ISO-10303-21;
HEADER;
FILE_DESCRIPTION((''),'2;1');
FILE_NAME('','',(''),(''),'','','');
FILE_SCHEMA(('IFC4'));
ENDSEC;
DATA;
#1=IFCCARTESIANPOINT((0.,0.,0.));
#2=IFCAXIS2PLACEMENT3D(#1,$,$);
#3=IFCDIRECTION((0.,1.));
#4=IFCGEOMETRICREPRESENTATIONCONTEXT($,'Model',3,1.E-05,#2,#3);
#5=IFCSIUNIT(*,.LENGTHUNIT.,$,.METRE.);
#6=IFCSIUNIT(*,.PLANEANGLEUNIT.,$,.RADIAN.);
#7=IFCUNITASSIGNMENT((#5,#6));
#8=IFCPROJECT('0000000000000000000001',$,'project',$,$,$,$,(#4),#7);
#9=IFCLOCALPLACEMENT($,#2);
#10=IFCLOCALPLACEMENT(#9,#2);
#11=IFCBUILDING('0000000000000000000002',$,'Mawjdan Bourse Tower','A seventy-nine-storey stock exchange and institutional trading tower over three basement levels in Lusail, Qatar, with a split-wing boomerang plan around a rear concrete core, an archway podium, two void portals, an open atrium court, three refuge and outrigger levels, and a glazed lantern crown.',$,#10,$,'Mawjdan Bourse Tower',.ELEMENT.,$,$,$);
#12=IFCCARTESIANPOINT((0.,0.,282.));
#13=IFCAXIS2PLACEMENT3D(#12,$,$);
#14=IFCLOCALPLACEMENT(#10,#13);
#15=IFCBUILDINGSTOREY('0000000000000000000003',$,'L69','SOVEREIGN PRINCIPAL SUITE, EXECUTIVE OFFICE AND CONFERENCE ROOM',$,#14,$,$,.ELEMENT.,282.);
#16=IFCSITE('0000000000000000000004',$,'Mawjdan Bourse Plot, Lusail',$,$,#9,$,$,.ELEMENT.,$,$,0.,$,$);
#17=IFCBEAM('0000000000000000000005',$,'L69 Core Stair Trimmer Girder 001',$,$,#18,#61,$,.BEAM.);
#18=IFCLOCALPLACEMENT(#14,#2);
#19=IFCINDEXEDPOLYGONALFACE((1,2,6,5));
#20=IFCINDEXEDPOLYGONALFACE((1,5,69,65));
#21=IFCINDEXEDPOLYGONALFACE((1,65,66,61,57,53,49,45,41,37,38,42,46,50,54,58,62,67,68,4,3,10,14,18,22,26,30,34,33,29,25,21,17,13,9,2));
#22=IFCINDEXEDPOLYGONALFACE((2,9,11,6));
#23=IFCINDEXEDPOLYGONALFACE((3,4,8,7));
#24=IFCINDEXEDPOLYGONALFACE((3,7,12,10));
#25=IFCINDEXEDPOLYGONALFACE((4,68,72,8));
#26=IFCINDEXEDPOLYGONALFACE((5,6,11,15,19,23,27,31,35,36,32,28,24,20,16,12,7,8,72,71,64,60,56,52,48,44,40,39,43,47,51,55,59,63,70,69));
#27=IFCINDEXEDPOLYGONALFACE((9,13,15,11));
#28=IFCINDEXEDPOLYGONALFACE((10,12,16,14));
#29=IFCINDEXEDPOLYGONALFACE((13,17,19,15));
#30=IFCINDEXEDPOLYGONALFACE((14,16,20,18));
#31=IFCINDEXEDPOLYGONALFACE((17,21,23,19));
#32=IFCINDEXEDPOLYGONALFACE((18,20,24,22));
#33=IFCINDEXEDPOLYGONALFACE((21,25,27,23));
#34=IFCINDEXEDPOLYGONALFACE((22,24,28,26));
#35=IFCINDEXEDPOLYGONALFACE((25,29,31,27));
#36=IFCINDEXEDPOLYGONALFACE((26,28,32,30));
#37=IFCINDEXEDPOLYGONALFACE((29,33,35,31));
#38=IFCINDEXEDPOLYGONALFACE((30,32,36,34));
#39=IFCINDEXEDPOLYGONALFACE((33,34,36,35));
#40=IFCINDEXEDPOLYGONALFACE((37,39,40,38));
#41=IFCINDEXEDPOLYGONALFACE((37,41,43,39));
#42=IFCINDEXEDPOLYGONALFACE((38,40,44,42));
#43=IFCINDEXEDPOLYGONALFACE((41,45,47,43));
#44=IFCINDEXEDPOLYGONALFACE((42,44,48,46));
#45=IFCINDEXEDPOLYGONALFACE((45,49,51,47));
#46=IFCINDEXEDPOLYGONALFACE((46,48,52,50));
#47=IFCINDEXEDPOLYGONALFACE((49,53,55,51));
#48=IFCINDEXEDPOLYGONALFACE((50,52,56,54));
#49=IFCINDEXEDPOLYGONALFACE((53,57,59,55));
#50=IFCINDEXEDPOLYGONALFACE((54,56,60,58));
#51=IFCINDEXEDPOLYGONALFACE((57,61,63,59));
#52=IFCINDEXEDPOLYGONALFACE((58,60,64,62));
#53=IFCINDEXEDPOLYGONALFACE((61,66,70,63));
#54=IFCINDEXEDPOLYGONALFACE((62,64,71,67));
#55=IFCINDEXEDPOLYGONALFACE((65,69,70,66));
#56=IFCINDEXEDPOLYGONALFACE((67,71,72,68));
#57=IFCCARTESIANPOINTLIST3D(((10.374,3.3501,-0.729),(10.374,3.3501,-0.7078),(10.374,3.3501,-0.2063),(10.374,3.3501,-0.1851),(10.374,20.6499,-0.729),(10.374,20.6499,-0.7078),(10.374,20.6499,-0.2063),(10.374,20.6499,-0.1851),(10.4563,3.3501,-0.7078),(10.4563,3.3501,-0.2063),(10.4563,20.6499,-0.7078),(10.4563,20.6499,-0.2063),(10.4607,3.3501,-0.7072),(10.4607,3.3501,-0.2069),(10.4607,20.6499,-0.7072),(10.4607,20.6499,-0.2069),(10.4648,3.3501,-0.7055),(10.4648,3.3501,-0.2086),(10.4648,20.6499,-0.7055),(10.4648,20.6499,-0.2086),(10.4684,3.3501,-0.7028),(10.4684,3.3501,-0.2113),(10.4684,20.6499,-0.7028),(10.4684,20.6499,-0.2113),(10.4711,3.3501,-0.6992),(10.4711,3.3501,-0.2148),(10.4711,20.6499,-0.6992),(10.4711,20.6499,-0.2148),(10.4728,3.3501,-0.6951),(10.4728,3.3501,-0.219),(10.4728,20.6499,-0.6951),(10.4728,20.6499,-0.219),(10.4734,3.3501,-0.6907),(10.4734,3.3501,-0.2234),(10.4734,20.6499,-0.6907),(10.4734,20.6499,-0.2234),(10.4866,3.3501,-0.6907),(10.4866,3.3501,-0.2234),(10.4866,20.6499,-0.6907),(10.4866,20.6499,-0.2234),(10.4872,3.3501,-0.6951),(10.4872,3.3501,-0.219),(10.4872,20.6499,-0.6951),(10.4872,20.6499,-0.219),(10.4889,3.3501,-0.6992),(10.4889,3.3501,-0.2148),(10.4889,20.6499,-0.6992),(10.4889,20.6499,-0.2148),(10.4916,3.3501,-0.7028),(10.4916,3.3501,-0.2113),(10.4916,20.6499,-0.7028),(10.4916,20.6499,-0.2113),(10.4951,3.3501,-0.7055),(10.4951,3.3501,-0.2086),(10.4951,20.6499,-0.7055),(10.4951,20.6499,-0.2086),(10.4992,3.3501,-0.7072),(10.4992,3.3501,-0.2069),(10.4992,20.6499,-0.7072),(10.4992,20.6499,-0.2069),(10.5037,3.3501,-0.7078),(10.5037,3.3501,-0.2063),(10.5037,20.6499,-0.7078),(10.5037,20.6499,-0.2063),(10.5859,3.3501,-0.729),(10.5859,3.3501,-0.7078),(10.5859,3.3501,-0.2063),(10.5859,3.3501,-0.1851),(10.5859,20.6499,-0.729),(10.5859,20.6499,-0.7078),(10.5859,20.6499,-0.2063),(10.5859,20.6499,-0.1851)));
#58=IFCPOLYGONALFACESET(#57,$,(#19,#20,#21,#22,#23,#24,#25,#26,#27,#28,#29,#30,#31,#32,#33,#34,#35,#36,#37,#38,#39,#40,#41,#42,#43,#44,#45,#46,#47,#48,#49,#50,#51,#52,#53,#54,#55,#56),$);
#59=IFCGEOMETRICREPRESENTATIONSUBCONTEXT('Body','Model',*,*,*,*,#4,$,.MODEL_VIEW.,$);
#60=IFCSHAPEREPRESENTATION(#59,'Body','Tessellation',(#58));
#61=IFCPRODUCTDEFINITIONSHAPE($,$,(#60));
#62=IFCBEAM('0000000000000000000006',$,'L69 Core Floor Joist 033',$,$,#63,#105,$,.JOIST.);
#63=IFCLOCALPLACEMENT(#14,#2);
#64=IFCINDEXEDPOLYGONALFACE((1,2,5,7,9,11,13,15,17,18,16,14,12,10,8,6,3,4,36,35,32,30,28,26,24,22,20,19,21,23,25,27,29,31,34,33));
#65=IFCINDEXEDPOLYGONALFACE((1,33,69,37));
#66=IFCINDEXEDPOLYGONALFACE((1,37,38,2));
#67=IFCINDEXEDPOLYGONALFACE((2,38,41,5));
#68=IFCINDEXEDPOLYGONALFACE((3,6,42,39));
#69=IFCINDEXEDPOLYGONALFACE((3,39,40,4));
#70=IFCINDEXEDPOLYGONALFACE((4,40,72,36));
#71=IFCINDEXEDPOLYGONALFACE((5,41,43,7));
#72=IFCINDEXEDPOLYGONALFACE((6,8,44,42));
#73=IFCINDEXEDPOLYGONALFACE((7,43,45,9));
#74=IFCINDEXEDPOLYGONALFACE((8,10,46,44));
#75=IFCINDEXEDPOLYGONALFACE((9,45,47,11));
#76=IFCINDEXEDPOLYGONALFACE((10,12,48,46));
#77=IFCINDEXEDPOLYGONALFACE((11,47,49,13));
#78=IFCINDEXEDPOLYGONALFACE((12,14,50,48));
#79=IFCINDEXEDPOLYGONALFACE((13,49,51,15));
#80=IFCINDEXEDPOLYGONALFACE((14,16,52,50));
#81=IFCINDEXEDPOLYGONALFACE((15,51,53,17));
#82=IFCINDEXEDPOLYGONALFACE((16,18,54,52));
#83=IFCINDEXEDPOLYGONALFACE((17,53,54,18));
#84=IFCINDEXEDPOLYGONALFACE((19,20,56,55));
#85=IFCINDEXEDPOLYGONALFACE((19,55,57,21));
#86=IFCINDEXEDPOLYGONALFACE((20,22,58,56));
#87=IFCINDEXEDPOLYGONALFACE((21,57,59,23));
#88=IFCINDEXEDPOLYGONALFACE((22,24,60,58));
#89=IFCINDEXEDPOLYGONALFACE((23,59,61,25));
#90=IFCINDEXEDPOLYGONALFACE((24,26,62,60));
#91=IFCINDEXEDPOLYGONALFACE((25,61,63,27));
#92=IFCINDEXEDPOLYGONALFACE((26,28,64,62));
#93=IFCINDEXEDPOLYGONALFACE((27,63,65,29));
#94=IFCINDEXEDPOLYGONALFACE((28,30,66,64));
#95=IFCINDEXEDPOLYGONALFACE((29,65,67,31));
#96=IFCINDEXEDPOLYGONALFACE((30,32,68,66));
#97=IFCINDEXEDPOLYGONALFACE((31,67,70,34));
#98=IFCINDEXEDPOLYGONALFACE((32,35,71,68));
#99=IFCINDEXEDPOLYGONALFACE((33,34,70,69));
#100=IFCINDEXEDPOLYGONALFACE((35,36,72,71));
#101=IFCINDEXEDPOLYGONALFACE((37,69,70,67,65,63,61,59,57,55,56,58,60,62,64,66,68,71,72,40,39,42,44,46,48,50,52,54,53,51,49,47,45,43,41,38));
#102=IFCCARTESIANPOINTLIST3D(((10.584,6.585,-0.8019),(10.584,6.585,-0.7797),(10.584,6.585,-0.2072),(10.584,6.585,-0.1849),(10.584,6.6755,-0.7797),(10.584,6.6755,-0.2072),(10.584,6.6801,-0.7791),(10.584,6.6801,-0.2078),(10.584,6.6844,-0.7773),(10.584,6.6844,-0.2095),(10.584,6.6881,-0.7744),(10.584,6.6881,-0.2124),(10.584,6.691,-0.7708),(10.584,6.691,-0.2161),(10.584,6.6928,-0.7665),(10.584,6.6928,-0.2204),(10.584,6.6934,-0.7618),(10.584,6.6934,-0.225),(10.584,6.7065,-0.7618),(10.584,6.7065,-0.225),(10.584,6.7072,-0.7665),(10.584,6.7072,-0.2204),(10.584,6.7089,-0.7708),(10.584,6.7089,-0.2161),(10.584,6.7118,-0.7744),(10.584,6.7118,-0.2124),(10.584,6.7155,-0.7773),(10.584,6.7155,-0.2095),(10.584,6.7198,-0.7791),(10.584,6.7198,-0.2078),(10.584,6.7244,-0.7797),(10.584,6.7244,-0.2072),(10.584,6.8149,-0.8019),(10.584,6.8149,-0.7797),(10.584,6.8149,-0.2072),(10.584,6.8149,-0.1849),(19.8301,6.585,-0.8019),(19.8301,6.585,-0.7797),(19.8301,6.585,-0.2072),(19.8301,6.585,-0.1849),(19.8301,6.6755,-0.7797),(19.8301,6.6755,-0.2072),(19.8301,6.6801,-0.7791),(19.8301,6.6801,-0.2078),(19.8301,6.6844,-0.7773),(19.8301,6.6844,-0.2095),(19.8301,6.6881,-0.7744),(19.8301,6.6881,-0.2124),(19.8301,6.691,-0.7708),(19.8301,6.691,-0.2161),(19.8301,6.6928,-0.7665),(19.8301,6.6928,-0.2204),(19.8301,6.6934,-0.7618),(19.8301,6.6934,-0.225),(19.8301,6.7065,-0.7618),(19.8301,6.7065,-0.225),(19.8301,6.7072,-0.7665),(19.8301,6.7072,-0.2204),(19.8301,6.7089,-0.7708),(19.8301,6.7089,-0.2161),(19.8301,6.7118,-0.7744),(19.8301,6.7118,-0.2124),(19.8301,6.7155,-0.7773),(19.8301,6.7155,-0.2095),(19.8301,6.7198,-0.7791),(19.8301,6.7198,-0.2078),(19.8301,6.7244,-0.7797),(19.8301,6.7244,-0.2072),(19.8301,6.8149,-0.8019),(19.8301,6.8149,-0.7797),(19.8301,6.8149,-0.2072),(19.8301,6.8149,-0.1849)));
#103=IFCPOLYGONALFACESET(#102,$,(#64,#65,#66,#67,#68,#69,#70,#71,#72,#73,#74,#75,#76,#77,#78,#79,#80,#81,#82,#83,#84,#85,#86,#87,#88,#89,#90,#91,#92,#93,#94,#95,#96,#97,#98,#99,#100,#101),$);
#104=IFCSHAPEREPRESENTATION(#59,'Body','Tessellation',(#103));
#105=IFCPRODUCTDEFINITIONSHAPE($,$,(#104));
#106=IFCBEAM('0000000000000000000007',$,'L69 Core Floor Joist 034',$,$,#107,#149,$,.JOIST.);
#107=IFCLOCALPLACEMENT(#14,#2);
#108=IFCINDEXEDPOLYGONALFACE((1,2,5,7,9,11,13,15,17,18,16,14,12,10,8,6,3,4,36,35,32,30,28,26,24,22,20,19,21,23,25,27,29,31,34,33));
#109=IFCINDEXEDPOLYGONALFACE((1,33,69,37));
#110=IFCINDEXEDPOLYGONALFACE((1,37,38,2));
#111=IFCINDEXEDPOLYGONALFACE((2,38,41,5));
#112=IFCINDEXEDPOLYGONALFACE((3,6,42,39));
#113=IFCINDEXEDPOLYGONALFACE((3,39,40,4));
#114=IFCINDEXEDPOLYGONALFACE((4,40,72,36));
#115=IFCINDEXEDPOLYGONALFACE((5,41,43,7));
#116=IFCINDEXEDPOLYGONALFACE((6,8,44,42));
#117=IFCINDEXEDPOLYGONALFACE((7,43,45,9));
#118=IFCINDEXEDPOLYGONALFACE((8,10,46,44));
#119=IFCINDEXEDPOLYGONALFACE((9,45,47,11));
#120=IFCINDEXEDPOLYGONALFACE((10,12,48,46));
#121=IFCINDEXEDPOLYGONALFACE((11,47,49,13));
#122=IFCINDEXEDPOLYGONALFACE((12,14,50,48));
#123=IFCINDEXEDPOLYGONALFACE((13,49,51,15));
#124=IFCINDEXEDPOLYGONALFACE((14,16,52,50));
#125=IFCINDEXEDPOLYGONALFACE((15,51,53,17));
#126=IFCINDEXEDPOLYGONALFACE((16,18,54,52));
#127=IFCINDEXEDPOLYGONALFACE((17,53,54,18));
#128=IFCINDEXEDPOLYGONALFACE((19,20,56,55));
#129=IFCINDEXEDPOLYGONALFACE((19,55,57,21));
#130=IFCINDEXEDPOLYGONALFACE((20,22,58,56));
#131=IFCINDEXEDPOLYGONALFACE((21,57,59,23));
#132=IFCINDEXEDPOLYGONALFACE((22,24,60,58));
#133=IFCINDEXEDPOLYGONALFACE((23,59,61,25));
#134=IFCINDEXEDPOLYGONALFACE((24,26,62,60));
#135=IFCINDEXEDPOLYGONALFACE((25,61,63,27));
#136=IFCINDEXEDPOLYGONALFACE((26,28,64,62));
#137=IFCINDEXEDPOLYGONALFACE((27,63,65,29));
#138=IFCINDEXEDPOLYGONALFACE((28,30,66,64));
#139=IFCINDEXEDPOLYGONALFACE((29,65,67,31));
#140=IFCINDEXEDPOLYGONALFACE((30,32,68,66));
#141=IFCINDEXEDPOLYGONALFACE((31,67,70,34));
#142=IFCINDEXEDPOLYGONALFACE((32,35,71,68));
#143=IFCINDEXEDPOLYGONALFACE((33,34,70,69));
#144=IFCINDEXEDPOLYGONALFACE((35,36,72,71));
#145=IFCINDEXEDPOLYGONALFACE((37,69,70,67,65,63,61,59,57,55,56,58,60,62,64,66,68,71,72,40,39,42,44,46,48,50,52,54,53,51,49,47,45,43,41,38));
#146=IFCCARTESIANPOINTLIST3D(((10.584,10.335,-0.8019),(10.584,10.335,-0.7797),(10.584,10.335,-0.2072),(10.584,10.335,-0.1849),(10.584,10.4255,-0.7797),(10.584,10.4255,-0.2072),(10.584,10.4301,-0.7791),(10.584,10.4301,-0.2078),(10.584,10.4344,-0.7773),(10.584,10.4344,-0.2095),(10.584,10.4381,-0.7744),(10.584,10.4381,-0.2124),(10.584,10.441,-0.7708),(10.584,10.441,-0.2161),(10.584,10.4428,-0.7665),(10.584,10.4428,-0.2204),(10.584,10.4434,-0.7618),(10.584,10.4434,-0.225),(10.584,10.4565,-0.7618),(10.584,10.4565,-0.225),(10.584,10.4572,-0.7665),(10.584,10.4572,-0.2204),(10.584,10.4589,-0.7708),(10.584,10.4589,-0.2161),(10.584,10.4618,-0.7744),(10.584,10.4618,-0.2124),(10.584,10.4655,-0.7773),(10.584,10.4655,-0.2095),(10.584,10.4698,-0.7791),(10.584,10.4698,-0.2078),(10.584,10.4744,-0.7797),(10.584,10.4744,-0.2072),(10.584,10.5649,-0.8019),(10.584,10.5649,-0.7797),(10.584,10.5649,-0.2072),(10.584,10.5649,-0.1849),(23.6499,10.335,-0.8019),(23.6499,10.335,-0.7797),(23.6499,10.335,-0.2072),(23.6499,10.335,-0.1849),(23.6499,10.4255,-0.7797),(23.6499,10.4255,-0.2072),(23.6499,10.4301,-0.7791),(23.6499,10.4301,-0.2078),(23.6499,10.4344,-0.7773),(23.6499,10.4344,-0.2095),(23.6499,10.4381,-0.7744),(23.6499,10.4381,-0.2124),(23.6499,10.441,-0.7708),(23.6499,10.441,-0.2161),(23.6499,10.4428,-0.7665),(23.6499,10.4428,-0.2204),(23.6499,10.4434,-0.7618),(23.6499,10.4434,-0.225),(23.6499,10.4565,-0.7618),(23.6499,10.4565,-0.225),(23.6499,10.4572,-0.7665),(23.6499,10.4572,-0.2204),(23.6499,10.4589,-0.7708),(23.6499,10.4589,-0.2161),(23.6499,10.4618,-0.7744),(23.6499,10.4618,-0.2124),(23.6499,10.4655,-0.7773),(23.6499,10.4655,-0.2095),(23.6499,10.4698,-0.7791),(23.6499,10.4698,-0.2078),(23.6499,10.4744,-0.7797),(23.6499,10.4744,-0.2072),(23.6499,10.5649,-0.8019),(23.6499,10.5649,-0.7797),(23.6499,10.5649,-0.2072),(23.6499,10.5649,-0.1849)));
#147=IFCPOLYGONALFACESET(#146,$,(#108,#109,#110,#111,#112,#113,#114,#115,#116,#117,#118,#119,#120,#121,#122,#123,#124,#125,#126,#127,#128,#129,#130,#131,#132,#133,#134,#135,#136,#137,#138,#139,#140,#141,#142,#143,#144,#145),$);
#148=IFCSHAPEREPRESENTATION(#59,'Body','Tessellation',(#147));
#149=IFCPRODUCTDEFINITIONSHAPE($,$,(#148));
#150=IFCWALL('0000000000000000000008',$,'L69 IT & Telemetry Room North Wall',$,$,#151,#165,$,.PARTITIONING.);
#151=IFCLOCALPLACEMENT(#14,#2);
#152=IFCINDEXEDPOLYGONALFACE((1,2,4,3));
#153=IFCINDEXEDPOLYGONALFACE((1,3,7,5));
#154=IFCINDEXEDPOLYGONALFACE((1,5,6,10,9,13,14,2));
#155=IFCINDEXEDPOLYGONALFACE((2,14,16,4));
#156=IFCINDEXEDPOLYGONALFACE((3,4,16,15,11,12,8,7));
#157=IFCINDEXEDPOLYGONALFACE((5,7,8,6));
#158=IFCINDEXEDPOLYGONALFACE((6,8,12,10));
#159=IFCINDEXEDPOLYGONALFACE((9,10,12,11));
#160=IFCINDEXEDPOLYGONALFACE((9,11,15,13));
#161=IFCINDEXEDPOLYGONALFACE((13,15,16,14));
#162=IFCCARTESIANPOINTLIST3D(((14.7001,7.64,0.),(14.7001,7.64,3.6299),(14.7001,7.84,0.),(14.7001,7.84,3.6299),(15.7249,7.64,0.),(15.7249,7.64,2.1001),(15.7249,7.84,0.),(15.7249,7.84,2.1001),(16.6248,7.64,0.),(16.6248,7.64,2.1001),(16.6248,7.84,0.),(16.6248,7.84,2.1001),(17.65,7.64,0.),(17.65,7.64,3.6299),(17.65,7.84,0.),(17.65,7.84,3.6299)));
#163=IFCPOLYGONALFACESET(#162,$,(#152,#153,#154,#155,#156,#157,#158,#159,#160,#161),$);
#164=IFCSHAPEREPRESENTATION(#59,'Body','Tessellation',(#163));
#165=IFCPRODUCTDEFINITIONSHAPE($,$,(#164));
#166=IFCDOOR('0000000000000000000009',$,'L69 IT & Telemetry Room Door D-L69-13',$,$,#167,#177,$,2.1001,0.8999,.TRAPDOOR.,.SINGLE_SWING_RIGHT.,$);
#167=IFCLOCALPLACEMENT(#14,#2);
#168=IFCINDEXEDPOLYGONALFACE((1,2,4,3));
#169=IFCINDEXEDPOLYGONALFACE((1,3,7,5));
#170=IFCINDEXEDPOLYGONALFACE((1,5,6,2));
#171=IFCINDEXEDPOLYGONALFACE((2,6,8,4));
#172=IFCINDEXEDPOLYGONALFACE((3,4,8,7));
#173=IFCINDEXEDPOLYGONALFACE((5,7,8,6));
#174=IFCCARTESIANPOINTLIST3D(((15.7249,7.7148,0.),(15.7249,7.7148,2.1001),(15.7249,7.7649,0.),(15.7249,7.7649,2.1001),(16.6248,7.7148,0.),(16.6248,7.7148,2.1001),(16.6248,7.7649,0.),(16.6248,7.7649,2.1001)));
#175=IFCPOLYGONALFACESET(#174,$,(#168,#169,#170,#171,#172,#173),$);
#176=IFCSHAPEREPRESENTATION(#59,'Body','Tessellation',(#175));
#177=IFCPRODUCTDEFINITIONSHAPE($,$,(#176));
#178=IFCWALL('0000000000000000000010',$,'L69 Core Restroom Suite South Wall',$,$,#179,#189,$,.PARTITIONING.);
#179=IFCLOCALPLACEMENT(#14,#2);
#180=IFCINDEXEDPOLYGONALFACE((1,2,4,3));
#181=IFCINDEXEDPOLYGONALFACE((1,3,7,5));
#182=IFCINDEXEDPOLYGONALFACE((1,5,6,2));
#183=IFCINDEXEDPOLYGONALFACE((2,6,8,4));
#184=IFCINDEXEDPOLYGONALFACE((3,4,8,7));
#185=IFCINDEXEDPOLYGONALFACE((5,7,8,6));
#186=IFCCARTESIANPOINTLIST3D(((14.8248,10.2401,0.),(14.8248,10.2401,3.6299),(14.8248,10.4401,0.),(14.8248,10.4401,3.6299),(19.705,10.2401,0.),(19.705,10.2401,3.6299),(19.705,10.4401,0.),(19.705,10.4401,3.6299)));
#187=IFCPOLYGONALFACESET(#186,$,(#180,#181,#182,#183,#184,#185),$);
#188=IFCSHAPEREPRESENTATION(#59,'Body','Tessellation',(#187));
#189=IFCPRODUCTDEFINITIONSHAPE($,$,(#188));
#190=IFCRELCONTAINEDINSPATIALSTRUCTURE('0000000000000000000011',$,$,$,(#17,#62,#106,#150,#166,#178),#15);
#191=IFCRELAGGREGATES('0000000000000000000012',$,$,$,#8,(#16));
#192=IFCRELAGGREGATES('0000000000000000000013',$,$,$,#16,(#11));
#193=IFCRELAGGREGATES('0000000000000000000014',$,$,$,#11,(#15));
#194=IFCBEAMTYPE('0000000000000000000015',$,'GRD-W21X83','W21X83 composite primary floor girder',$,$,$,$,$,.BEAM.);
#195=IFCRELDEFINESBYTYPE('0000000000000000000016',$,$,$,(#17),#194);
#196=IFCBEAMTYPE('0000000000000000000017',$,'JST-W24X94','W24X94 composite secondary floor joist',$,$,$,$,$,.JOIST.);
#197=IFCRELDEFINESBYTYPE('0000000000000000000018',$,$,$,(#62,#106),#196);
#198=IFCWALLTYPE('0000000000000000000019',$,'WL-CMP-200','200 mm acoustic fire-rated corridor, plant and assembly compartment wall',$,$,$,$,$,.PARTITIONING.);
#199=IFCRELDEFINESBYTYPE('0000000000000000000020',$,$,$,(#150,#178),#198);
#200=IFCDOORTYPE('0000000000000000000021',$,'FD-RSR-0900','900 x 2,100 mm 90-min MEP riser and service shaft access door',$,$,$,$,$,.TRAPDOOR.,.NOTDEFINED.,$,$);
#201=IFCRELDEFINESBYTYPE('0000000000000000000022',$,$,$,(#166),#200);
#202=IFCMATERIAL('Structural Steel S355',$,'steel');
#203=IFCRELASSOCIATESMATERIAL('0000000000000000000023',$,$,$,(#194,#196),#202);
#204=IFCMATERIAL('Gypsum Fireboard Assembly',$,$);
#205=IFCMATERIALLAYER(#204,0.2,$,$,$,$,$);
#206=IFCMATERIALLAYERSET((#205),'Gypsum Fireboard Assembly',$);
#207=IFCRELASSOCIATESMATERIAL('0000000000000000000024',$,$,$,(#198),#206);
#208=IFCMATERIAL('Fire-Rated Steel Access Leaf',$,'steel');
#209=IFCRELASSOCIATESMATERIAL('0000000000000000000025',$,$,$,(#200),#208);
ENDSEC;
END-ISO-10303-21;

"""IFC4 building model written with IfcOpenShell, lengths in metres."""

from ifc_helpers import new_model, si_unit, direction, frame, frame_2d, origin, origin_2d, place, context, subcontext, project, spatial, rectangle, i_section, extrude, material, layer, layer_set, material_profile, profile_set, type_object, element, fill, save


model = new_model("IFC4")

# Units and contexts
model_context = context("Model", 3, precision=1e-05, world=origin(), true_north=direction((0.0, 1.0)))
body_context = subcontext(model_context, "Body", "Model", "MODEL_VIEW")
ifc_project = project(units=[si_unit("LENGTHUNIT", "METRE"), si_unit("PLANEANGLEUNIT", "RADIAN")], contexts=[model_context])

# Site, building, storey
site_placement = place(None, origin())
site = spatial("IfcSite", under=ifc_project, at=site_placement, Name="Mawjdan Bourse Plot, Lusail", CompositionType="ELEMENT", RefElevation=0.0)
building_placement = place(site_placement, origin())
building = spatial("IfcBuilding", under=site, at=building_placement, Name="Mawjdan Bourse Tower", Description="A seventy-nine-storey stock exchange and institutional trading tower over three basement levels in Lusail, Qatar, with a split-wing boomerang plan around a rear concrete core, an archway podium, two void portals, an open atrium court, three refuge and outrigger levels, and a glazed lantern crown.", LongName="Mawjdan Bourse Tower", CompositionType="ELEMENT")
storey_placement = place(building_placement, frame((0.0, 0.0, 282.0)))
storey = spatial("IfcBuildingStorey", under=building, at=storey_placement, Name="L69", Description="SOVEREIGN PRINCIPAL SUITE, EXECUTIVE OFFICE AND CONFERENCE ROOM", CompositionType="ELEMENT", Elevation=282.0)

# Beams
ifc_material_1 = material(Name="Structural Steel S355", Category="steel")
ifc_material_profile_1 = material_profile(ifc_material_1, i_section(OverallWidth=0.2119, OverallDepth=0.5439, WebThickness=0.0132, FlangeThickness=0.0212, FilletRadius=0.0171, at=origin_2d()), Name="W21X83")
ifc_profile_set_1 = profile_set([ifc_material_profile_1], Name="Structural Steel S355")
beam_type_1 = type_object("IfcBeamType", Name="GRD-W21X83", Description="W21X83 composite primary floor girder", PredefinedType="BEAM", material=ifc_profile_set_1)
beam_1_placement = place(storey_placement, frame((10.48, 3.3501, -0.457), z_axis=(0.0, 1.0, 0.0), x_axis=(-1.0, 0.0, 0.0)))
element("IfcBeam", 1, at=beam_1_placement, inside=storey, type_object=beam_type_1, Name="L69 Core Stair Trimmer Girder 001", PredefinedType="BEAM", context=body_context, shape_type="SweptSolid", body=[
    extrude(i_section(OverallWidth=0.2119, OverallDepth=0.5439, WebThickness=0.0132, FlangeThickness=0.0212, FilletRadius=0.0171, at=origin_2d()), origin(), (0.0, 0.0, 1.0), 17.2998),
])
ifc_material_profile_2 = material_profile(ifc_material_1, i_section(OverallWidth=0.23, OverallDepth=0.6169, WebThickness=0.0132, FlangeThickness=0.0222, FilletRadius=0.0178, at=origin_2d()), Name="W24X94")
ifc_profile_set_2 = profile_set([ifc_material_profile_2], Name="Structural Steel S355")
beam_type_2 = type_object("IfcBeamType", Name="JST-W24X94", Description="W24X94 composite secondary floor joist", PredefinedType="JOIST", material=ifc_profile_set_2)
beam_2_placement = place(storey_placement, frame((10.584, 6.7, -0.4934), z_axis=(1.0, 0.0, 0.0), x_axis=(0.0, 1.0, 0.0)))
element("IfcBeam", 2, at=beam_2_placement, inside=storey, type_object=beam_type_2, Name="L69 Core Floor Joist 033", PredefinedType="JOIST", context=body_context, shape_type="SweptSolid", body=[
    extrude(i_section(OverallWidth=0.23, OverallDepth=0.6169, WebThickness=0.0132, FlangeThickness=0.0222, FilletRadius=0.0178, at=origin_2d()), origin(), (0.0, 0.0, 1.0), 9.2461),
])
beam_3_placement = place(storey_placement, frame((10.584, 10.45, -0.4934), z_axis=(1.0, 0.0, 0.0), x_axis=(0.0, 1.0, 0.0)))
element("IfcBeam", 3, at=beam_3_placement, inside=storey, type_object=beam_type_2, Name="L69 Core Floor Joist 034", PredefinedType="JOIST", context=body_context, shape_type="SweptSolid", body=[
    extrude(i_section(OverallWidth=0.23, OverallDepth=0.6169, WebThickness=0.0132, FlangeThickness=0.0222, FilletRadius=0.0178, at=origin_2d()), origin(), (0.0, 0.0, 1.0), 13.0659),
])

# Wall, opening, door
ifc_material_2 = material(Name="Gypsum Fireboard Assembly")
ifc_layer_1 = layer(ifc_material_2, 0.2)
ifc_layer_set_1 = layer_set([ifc_layer_1], Name="Gypsum Fireboard Assembly")
wall_type_1 = type_object("IfcWallType", Name="WL-CMP-200", Description="200 mm acoustic fire-rated corridor, plant and assembly compartment wall", PredefinedType="PARTITIONING", material=ifc_layer_set_1)
wall_1_placement = place(storey_placement, frame((14.7, 7.74, 0.0), z_axis=(0.0, 0.0, 1.0), x_axis=(1.0, 0.0, 0.0)))
wall_1 = element("IfcWall", 4, at=wall_1_placement, inside=storey, type_object=wall_type_1, Name="L69 IT & Telemetry Room North Wall", PredefinedType="PARTITIONING", context=body_context, shape_type="SweptSolid", body=[
    extrude(rectangle(XDim=2.95, YDim=0.2, at=frame_2d((1.4751, 0.0))), origin(), (0.0, 0.0, 1.0), 3.6299),
])
opening_1_placement = place(wall_1_placement, frame((1.0249, 0.0, 0.0)))
opening_1 = element("IfcOpeningElement", 5, at=opening_1_placement, cuts=wall_1, PredefinedType="OPENING", context=body_context, shape_type="SweptSolid", body=[
    extrude(rectangle(XDim=0.8999, YDim=2.1001, at=frame_2d((0.45, 1.05))), frame((0.0, 0.1099, 0.0), z_axis=(0.0, -1.0, 0.0), x_axis=(1.0, 0.0, 0.0)), (0.0, 0.0, 1.0), 0.22),
])
ifc_material_3 = material(Name="Fire-Rated Steel Access Leaf", Category="steel")
door_type_1 = type_object("IfcDoorType", Name="FD-RSR-0900", Description="900 x 2,100 mm 90-min MEP riser and service shaft access door", OperationType="NOTDEFINED", PredefinedType="TRAPDOOR", material=ifc_material_3)
door_1_placement = place(opening_1_placement, origin())
door_1 = element("IfcDoor", 6, at=door_1_placement, inside=storey, type_object=door_type_1, Name="L69 IT & Telemetry Room Door D-L69-13", OperationType="SINGLE_SWING_RIGHT", OverallHeight=2.1001, OverallWidth=0.8999, PredefinedType="TRAPDOOR", context=body_context, shape_type="SweptSolid", body=[
    extrude(rectangle(XDim=0.8999, YDim=2.1001, at=frame_2d((0.45, 1.05))), frame((0.0, 0.0249, 0.0), z_axis=(0.0, -1.0, 0.0), x_axis=(1.0, 0.0, 0.0)), (0.0, 0.0, 1.0), 0.05),
])
fill(opening_1, door_1)

# Wall
wall_2_placement = place(storey_placement, frame((14.825, 10.3401, 0.0), z_axis=(0.0, 0.0, 1.0), x_axis=(1.0, 0.0, 0.0)))
element("IfcWall", 7, at=wall_2_placement, inside=storey, type_object=wall_type_1, Name="L69 Core Restroom Suite South Wall", PredefinedType="PARTITIONING", context=body_context, shape_type="SweptSolid", body=[
    extrude(rectangle(XDim=4.8801, YDim=0.2, at=frame_2d((2.4399, 0.0))), origin(), (0.0, 0.0, 1.0), 3.6299),
])

save(model, "model.ifc")
